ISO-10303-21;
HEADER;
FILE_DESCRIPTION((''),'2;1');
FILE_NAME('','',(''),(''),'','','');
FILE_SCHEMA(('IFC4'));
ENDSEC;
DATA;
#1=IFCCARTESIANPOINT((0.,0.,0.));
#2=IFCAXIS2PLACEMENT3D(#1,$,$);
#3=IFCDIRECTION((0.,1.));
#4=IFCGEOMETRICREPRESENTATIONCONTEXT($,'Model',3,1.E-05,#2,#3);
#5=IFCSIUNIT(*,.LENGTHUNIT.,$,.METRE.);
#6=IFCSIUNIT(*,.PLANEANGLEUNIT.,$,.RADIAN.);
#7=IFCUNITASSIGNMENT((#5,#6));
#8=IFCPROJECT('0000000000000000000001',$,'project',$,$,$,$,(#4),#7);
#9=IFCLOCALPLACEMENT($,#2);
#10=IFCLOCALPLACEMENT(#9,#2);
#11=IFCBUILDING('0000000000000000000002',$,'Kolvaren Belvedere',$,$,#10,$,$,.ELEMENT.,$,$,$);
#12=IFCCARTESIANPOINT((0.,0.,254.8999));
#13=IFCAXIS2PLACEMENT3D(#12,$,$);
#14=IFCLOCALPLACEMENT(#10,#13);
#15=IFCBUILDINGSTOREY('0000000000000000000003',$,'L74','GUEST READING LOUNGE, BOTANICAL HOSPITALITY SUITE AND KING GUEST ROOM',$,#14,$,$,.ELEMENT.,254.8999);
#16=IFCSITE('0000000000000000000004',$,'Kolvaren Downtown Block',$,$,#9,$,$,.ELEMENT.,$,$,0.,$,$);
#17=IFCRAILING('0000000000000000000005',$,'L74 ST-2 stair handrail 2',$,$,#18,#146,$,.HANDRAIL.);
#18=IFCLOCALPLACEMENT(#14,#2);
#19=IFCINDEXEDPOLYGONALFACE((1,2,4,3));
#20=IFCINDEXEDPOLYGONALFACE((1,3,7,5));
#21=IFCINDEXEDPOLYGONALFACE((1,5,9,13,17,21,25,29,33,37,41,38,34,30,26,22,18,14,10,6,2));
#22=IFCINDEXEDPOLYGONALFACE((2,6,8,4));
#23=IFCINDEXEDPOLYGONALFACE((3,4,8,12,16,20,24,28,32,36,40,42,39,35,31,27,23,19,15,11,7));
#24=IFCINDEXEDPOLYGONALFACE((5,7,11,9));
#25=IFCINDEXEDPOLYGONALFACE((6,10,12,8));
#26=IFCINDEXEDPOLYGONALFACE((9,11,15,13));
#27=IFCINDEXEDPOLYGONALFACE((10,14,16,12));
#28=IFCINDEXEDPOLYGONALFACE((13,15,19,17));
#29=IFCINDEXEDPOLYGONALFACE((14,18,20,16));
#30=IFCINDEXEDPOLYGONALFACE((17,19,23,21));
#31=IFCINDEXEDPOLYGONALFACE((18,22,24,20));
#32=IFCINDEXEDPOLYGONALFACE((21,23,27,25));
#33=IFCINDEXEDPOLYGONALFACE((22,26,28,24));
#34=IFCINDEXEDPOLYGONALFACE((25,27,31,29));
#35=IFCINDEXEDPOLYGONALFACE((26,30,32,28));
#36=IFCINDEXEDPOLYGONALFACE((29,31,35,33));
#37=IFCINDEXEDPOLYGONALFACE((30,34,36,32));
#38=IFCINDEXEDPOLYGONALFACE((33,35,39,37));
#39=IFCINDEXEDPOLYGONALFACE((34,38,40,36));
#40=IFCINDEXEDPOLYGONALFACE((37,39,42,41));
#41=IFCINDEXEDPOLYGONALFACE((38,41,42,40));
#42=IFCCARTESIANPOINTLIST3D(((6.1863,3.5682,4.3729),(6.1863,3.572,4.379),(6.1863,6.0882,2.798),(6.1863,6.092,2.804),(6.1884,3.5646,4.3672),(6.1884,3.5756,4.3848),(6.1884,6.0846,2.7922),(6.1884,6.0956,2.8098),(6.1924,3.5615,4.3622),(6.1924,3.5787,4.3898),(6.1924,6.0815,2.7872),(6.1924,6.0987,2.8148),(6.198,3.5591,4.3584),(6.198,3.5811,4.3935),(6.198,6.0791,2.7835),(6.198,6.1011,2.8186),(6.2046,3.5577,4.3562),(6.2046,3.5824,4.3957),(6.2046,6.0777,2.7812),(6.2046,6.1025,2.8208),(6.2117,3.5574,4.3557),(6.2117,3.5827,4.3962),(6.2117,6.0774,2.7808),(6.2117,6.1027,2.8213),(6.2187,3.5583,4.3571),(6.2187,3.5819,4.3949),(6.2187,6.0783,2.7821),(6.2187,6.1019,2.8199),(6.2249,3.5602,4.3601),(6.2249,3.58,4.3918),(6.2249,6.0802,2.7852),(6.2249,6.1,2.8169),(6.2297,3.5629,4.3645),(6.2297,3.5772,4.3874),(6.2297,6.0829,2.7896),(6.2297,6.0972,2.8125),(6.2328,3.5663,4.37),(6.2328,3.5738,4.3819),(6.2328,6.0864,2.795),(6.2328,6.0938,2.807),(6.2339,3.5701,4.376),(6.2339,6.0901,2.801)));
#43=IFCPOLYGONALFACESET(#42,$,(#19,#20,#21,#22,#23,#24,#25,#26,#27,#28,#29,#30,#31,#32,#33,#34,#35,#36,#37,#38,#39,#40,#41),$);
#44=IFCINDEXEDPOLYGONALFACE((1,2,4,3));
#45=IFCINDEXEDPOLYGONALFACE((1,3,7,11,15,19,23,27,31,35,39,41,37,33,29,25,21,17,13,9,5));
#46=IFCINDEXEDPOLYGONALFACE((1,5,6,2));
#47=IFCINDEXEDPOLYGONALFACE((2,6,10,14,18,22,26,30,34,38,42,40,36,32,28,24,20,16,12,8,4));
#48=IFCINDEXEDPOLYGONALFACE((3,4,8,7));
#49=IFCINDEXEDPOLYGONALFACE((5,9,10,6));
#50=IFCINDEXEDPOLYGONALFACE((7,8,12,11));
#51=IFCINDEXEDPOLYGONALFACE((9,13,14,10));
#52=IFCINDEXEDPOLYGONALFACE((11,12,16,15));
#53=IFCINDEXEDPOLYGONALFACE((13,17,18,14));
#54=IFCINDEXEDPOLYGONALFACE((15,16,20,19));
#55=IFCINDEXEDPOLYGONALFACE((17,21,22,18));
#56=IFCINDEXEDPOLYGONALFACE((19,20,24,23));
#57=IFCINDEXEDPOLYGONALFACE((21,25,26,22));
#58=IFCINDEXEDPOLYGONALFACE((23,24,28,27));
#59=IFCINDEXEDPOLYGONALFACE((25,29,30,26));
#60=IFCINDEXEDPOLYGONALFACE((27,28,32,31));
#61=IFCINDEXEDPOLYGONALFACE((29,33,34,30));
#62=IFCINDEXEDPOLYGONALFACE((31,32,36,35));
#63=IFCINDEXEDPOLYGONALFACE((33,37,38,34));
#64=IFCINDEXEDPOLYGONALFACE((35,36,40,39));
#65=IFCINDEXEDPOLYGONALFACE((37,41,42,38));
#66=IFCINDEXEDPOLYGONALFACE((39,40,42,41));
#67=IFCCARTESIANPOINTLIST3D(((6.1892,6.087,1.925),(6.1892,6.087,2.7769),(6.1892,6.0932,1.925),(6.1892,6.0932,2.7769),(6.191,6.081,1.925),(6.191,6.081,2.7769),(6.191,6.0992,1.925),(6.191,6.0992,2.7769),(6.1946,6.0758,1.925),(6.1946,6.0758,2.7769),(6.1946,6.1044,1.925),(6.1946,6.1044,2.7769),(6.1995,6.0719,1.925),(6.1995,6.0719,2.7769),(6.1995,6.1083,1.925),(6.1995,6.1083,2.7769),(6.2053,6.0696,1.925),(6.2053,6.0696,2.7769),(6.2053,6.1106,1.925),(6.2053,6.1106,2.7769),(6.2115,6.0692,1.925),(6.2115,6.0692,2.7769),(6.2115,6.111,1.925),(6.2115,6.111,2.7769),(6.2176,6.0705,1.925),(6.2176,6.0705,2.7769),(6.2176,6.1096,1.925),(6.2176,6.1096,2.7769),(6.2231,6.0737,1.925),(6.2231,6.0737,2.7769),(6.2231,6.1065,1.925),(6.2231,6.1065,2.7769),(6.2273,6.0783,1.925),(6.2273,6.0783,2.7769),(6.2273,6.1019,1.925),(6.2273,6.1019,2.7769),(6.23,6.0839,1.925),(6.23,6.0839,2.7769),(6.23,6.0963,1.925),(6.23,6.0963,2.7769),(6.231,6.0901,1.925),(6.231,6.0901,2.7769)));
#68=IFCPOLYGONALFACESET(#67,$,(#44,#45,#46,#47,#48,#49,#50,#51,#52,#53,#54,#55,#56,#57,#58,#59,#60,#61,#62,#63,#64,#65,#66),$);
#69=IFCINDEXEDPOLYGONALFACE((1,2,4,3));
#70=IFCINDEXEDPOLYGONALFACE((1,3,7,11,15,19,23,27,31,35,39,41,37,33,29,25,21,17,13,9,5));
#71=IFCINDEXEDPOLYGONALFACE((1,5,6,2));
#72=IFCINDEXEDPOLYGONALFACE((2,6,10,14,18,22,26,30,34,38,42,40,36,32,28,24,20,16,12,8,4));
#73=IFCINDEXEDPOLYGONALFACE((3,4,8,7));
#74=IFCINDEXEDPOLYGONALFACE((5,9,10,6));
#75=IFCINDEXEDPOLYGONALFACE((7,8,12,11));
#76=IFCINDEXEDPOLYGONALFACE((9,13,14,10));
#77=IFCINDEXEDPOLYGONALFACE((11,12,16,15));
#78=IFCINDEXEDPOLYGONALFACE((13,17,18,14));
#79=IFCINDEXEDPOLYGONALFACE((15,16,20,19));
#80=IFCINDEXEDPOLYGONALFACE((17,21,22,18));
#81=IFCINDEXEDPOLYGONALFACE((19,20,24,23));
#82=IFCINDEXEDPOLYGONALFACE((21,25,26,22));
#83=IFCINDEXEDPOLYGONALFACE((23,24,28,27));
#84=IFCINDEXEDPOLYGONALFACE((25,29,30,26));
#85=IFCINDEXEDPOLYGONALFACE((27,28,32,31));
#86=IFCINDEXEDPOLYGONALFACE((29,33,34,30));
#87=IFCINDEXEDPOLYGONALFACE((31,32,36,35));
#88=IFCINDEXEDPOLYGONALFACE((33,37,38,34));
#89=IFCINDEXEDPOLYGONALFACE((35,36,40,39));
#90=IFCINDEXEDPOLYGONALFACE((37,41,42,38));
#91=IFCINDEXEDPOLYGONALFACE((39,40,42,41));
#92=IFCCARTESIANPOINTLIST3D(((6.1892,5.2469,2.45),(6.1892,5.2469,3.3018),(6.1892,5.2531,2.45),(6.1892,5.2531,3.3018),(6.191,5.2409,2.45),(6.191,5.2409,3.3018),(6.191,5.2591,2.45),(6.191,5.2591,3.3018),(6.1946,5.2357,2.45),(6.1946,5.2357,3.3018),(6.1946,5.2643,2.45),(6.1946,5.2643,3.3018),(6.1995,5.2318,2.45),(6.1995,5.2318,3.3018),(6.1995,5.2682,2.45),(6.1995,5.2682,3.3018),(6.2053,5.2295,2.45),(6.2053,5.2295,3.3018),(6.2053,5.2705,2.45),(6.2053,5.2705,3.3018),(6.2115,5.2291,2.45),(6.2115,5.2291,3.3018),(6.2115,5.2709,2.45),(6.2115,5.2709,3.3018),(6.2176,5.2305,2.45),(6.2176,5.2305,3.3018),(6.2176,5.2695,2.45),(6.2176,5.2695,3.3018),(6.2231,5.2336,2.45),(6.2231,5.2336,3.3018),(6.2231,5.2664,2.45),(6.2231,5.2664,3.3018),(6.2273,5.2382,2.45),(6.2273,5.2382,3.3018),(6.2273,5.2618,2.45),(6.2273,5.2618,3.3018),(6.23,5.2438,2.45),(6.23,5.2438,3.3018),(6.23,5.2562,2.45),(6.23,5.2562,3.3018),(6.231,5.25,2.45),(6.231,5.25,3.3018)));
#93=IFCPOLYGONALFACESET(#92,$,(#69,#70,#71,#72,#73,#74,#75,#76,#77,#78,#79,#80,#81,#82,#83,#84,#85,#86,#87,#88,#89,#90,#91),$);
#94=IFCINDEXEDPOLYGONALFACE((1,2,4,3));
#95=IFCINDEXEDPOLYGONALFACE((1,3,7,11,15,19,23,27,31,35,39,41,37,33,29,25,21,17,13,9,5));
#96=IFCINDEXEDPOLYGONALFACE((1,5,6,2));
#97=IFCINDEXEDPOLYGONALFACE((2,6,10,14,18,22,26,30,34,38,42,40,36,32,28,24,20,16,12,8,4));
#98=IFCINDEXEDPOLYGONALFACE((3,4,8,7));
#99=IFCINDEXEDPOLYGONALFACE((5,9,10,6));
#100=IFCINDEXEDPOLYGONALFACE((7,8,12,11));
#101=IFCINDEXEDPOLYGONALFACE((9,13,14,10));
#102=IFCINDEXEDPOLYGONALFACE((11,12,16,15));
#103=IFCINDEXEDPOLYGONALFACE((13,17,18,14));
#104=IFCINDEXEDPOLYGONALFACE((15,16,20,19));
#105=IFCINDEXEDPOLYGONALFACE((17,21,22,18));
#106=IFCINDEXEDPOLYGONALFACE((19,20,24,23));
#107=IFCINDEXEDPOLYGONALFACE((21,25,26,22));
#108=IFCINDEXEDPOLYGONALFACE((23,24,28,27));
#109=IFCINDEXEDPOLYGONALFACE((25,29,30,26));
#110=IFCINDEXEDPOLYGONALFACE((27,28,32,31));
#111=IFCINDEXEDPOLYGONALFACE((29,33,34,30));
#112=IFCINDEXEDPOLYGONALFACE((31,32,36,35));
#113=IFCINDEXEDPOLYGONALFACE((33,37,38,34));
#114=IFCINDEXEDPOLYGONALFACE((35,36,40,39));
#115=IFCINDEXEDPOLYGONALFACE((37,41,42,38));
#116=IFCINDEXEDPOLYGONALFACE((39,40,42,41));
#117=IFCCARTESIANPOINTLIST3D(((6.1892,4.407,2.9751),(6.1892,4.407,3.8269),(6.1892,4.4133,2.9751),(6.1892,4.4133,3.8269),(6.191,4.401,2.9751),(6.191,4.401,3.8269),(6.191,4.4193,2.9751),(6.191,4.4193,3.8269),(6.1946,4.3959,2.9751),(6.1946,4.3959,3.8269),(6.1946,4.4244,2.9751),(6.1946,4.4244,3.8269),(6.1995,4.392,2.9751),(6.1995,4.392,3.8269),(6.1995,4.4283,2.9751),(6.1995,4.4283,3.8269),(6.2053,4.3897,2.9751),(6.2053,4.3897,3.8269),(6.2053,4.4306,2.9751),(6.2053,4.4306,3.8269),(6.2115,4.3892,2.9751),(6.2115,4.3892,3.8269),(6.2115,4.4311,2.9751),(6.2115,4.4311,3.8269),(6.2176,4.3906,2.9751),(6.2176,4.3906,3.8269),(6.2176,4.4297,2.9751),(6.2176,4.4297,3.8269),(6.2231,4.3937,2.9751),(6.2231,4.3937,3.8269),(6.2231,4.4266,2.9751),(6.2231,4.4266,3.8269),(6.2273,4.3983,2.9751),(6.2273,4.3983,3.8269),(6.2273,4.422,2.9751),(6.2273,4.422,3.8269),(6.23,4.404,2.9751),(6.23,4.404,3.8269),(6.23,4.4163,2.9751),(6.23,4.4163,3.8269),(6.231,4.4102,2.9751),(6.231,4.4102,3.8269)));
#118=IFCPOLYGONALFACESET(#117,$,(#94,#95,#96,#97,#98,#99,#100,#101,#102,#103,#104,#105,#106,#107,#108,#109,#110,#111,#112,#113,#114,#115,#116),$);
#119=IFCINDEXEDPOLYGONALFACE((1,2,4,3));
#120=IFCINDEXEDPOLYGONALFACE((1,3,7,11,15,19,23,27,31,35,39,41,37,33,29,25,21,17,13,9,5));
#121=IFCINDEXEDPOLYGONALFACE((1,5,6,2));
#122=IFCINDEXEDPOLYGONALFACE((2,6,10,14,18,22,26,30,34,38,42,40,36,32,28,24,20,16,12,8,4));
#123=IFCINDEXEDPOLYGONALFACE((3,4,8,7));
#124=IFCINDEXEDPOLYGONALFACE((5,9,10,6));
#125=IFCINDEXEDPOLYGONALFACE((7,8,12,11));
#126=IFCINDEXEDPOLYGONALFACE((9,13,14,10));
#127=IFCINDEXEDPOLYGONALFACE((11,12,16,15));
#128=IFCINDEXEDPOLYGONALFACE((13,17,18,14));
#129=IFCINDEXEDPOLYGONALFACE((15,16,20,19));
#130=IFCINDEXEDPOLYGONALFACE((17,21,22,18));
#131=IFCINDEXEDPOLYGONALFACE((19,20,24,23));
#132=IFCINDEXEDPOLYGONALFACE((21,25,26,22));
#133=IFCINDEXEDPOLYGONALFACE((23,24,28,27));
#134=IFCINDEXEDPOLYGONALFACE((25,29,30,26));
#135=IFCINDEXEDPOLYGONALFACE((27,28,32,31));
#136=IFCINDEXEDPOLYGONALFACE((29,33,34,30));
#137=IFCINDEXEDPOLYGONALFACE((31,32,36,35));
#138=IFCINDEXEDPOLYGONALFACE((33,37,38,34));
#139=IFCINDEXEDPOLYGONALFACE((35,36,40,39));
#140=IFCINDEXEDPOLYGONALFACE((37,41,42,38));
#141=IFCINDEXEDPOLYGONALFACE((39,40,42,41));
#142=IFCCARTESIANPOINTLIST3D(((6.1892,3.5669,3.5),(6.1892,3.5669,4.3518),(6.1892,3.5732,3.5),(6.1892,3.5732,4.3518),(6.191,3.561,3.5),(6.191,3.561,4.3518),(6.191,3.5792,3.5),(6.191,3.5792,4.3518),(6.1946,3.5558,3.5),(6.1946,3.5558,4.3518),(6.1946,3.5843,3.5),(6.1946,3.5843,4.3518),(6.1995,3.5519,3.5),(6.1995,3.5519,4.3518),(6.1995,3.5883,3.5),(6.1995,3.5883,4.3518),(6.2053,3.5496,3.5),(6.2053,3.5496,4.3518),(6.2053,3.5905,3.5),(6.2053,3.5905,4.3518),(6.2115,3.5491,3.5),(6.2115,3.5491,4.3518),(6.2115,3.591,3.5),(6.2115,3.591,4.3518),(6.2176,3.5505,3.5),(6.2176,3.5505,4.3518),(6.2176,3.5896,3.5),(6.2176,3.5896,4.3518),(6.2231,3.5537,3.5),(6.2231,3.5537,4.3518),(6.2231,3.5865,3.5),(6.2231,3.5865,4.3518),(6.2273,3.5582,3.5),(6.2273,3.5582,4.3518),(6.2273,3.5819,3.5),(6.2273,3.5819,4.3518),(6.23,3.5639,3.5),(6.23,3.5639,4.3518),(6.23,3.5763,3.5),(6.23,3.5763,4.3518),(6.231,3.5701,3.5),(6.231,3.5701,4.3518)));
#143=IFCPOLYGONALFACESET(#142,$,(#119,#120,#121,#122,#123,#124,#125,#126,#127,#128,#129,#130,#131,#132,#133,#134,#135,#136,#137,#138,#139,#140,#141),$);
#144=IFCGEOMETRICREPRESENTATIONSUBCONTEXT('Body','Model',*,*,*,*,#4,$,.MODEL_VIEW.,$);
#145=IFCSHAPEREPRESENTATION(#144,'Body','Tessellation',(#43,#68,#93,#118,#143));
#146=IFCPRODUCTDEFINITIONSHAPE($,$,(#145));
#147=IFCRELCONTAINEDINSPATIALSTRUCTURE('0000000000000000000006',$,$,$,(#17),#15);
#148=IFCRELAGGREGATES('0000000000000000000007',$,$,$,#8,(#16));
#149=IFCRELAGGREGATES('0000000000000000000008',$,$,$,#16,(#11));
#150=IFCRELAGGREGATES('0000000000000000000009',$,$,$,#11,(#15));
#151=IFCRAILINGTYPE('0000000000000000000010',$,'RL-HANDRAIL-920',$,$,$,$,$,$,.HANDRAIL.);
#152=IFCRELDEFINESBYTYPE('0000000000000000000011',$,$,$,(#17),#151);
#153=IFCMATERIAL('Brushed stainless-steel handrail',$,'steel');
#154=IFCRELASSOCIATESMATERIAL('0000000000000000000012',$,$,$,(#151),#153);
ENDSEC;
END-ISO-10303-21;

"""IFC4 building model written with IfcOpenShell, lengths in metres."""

from ifc_helpers import new_model, si_unit, direction, frame, origin, origin_2d, place, context, subcontext, project, spatial, circle, extrude, material, type_object, element, save


model = new_model("IFC4")

# Units and contexts
model_context = context("Model", 3, precision=1e-05, world=origin(), true_north=direction((0.0, 1.0)))
body_context = subcontext(model_context, "Body", "Model", "MODEL_VIEW")
ifc_project = project(units=[si_unit("LENGTHUNIT", "METRE"), si_unit("PLANEANGLEUNIT", "RADIAN")], contexts=[model_context])

# Site, building, storey
site_placement = place(None, origin())
site = spatial("IfcSite", under=ifc_project, at=site_placement, Name="Kolvaren Downtown Block", CompositionType="ELEMENT", RefElevation=0.0)
building_placement = place(site_placement, origin())
building = spatial("IfcBuilding", under=site, at=building_placement, Name="Kolvaren Belvedere", CompositionType="ELEMENT")
storey_placement = place(building_placement, frame((0.0, 0.0, 254.8999)))
storey = spatial("IfcBuildingStorey", under=building, at=storey_placement, Name="L74", Description="GUEST READING LOUNGE, BOTANICAL HOSPITALITY SUITE AND KING GUEST ROOM", CompositionType="ELEMENT", Elevation=254.8999)

# Railing
ifc_material_1 = material(Name="Brushed stainless-steel handrail", Category="steel")
railing_type_1 = type_object("IfcRailingType", Name="RL-HANDRAIL-920", PredefinedType="HANDRAIL", material=ifc_material_1)
railing_1_placement = place(storey_placement, frame((6.21, 6.0901, 1.925)))
element("IfcRailing", 1, at=railing_1_placement, inside=storey, type_object=railing_type_1, Name="L74 ST-2 stair handrail 2", PredefinedType="HANDRAIL", context=body_context, shape_type="SweptSolid", body=[
    extrude(circle(Radius=0.0239, at=origin_2d()), frame((0.0, 0.0, 0.876), z_axis=(0.0, -0.848008, 0.529984), x_axis=(1.0, 0.0, 0.0)), (0.0, 0.0, 1.0), 2.9717),
    extrude(circle(Radius=0.021, at=origin_2d()), origin(), (0.0, 0.0, 1.0), 0.8518),
    extrude(circle(Radius=0.021, at=origin_2d()), frame((0.0, -0.8401, 0.5249)), (0.0, 0.0, 1.0), 0.8518),
    extrude(circle(Radius=0.021, at=origin_2d()), frame((0.0, -1.6799, 1.05)), (0.0, 0.0, 1.0), 0.8518),
    extrude(circle(Radius=0.021, at=origin_2d()), frame((0.0, -2.52, 1.575)), (0.0, 0.0, 1.0), 0.8518),
])

save(model, "model.ifc")
